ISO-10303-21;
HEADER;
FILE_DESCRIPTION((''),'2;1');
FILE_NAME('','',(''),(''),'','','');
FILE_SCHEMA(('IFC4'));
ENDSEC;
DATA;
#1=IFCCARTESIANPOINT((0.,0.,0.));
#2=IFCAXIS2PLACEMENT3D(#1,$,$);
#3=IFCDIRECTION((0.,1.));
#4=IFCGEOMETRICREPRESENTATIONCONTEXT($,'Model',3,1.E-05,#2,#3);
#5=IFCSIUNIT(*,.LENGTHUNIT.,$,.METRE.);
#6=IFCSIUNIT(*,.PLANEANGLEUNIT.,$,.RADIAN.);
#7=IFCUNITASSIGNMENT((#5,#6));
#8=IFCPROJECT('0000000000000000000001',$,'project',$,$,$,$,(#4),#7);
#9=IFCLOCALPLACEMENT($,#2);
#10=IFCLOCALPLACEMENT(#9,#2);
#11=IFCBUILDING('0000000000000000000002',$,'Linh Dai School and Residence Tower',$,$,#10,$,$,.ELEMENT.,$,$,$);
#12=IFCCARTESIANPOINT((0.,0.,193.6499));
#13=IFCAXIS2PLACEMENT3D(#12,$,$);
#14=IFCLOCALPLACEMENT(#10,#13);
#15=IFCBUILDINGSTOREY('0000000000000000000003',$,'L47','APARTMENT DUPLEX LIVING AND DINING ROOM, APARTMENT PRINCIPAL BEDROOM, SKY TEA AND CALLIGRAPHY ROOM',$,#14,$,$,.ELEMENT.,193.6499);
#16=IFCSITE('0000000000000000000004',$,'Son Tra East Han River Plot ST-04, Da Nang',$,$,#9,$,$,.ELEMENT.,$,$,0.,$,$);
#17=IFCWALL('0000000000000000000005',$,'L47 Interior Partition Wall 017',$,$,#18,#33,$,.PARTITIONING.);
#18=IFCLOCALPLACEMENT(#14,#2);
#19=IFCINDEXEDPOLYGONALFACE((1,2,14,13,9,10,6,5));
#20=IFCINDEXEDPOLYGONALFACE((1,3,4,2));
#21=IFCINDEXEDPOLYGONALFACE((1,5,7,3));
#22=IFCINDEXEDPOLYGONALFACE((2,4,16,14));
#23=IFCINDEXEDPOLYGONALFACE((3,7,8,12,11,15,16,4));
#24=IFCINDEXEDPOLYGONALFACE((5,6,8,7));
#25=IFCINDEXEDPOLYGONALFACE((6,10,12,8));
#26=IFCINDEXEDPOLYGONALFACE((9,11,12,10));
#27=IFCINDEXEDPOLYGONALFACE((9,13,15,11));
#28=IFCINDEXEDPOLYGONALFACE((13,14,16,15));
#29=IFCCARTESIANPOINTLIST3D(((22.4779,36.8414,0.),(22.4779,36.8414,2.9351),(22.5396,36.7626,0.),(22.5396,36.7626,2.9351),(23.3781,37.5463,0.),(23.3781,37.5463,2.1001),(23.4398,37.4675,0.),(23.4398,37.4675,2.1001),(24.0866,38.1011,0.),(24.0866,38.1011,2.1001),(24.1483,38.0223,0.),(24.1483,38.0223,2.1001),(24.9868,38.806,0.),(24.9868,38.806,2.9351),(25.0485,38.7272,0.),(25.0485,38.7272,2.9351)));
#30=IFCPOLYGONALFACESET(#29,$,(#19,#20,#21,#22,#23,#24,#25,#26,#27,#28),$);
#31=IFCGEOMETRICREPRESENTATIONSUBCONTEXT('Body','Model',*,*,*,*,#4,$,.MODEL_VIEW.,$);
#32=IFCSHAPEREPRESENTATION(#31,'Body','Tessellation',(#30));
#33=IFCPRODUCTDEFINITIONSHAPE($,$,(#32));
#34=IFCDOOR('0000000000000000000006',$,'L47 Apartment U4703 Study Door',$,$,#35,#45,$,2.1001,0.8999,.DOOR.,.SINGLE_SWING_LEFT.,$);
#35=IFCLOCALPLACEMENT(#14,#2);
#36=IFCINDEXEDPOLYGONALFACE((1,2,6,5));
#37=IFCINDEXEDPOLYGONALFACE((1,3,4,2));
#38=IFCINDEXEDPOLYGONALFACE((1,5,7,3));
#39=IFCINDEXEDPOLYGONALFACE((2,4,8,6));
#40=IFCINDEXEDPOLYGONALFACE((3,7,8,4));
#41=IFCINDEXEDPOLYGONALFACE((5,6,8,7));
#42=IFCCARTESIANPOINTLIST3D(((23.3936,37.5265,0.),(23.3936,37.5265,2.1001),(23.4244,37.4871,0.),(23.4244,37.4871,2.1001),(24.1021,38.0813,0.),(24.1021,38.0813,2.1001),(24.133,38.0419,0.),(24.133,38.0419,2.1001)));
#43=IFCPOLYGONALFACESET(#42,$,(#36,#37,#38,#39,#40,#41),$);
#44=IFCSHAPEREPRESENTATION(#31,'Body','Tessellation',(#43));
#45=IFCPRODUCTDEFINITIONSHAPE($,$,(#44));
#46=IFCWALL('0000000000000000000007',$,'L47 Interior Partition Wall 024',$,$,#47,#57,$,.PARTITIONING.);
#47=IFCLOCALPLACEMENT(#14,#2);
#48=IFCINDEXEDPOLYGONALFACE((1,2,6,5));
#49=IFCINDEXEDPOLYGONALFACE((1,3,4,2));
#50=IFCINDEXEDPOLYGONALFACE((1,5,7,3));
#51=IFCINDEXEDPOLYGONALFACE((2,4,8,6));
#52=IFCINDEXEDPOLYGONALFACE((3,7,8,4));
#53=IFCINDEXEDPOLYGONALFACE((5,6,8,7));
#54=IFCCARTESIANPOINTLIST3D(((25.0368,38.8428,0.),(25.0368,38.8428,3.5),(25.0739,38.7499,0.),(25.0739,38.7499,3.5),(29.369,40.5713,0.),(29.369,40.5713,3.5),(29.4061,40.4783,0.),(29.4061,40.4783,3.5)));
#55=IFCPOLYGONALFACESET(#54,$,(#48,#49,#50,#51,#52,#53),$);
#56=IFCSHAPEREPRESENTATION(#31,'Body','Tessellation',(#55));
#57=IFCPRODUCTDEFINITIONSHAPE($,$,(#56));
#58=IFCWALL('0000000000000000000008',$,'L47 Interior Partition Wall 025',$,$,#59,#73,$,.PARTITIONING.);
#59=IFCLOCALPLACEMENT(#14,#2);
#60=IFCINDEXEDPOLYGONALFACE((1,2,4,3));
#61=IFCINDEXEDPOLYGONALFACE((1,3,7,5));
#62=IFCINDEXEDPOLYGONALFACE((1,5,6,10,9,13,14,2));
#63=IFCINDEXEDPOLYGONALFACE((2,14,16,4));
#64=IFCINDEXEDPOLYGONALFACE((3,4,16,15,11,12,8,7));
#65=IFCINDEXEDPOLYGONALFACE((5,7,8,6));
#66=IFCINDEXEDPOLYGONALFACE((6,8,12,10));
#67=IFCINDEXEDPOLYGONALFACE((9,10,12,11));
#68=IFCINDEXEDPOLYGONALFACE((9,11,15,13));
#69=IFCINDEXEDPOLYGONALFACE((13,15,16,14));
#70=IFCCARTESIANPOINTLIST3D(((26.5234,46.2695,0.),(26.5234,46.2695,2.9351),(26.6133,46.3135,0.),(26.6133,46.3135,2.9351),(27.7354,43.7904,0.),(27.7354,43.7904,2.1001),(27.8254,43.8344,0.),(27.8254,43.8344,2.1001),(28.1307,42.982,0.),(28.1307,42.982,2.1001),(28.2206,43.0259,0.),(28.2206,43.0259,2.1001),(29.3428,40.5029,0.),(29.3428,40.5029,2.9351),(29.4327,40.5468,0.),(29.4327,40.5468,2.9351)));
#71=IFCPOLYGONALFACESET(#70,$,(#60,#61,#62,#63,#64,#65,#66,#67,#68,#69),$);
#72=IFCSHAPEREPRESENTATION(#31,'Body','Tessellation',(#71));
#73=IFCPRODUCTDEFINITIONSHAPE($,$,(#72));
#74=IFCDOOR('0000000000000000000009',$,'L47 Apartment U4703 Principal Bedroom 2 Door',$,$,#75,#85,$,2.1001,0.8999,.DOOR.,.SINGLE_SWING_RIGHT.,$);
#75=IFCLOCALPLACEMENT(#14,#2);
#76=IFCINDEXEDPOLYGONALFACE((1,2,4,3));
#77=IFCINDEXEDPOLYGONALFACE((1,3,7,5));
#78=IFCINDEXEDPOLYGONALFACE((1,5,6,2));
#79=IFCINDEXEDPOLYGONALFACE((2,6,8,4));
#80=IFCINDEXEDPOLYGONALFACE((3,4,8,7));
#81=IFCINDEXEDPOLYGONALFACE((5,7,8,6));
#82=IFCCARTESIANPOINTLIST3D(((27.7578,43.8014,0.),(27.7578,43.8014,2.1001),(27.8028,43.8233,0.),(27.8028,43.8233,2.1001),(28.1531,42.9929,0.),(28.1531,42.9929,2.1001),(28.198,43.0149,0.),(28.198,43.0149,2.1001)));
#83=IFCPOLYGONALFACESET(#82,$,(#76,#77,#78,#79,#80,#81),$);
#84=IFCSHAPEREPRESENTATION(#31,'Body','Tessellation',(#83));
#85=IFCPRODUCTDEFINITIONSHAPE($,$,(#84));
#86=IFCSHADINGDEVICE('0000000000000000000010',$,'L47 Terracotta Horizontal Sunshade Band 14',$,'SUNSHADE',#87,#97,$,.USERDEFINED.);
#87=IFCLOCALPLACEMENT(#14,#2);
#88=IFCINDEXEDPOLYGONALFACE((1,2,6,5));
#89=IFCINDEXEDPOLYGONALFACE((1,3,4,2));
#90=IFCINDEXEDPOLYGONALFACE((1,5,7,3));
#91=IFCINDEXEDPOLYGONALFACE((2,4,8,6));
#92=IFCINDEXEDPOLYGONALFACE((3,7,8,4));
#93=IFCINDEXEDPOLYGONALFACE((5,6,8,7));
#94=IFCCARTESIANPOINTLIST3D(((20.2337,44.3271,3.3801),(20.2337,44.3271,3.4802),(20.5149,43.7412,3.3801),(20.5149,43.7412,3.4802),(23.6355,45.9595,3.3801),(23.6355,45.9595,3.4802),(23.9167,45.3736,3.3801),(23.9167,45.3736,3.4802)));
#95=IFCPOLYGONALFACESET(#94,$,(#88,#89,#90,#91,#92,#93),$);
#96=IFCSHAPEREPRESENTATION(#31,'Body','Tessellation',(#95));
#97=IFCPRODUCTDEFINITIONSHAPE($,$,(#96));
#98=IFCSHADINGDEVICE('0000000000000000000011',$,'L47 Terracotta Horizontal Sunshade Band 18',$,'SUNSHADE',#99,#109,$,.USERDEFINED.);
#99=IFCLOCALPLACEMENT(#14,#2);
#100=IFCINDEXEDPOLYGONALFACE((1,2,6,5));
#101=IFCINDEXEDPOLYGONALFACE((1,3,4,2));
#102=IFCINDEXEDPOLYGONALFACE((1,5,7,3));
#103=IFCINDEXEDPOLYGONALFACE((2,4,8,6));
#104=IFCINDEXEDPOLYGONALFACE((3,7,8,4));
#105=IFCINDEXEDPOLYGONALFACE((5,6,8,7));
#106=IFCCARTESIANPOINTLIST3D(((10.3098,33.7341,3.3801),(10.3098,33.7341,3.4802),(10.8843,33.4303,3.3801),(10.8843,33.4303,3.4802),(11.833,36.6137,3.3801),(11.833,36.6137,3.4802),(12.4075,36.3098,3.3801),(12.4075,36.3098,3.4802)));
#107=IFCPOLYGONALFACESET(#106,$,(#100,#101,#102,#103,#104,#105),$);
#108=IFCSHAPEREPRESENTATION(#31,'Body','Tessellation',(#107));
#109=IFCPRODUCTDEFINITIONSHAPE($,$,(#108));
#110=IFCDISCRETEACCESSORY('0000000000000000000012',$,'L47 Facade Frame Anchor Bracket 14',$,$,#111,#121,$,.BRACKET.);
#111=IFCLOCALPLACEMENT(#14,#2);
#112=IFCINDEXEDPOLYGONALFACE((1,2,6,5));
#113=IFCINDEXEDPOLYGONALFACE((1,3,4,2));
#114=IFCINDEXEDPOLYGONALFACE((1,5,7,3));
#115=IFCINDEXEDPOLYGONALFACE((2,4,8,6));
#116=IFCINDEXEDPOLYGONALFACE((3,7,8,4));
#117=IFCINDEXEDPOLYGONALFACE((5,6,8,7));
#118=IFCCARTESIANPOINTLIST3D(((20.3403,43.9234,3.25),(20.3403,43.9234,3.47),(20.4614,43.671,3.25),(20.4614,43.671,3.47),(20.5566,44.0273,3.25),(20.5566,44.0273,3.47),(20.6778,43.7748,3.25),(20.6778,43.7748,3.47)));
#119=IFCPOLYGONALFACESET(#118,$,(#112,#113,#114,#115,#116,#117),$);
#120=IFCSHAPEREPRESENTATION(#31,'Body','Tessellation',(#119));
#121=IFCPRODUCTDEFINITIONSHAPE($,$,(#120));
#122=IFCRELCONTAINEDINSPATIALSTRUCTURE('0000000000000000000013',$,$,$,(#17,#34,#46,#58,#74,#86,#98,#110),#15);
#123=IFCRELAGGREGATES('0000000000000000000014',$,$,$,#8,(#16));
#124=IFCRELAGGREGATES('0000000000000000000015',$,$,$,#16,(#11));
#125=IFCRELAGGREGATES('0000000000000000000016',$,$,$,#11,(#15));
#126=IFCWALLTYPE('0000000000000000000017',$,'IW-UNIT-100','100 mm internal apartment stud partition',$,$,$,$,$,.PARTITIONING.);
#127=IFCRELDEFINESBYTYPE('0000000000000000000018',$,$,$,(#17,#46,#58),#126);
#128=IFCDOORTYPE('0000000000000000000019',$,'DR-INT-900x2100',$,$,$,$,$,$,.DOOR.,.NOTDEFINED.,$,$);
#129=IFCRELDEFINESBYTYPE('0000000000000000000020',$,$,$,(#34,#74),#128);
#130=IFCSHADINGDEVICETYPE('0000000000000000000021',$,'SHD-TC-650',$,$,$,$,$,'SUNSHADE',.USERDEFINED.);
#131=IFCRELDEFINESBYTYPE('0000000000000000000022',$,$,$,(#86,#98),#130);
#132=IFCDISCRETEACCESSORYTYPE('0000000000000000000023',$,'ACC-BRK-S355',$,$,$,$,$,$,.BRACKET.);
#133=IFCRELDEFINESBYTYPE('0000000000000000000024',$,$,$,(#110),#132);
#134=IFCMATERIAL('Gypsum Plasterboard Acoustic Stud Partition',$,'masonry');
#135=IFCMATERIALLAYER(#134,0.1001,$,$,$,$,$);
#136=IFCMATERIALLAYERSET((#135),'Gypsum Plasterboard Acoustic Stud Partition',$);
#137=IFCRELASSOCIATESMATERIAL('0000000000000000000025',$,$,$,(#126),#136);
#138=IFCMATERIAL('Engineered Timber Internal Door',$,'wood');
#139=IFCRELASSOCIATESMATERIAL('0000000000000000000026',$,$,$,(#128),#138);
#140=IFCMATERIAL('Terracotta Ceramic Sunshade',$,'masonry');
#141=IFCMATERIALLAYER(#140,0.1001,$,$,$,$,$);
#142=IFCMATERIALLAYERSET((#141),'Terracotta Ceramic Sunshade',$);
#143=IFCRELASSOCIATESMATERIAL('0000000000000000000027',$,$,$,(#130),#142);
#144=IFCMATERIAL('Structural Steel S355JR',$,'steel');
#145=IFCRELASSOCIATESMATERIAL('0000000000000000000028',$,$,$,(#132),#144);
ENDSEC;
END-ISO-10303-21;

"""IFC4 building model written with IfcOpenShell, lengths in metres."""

from ifc_helpers import new_model, si_unit, direction, frame, frame_2d, origin, origin_2d, place, context, subcontext, project, spatial, rectangle, extrude, source, transform, mapped, material, layer, layer_set, type_object, element, fill, save


model = new_model("IFC4")

# Units and contexts
model_context = context("Model", 3, precision=1e-05, world=origin(), true_north=direction((0.0, 1.0)))
body_context = subcontext(model_context, "Body", "Model", "MODEL_VIEW")
ifc_project = project(units=[si_unit("LENGTHUNIT", "METRE"), si_unit("PLANEANGLEUNIT", "RADIAN")], contexts=[model_context])

# Site, building, storey
site_placement = place(None, origin())
site = spatial("IfcSite", under=ifc_project, at=site_placement, Name="Son Tra East Han River Plot ST-04, Da Nang", CompositionType="ELEMENT", RefElevation=0.0)
building_placement = place(site_placement, origin())
building = spatial("IfcBuilding", under=site, at=building_placement, Name="Linh Dai School and Residence Tower", CompositionType="ELEMENT")
storey_placement = place(building_placement, frame((0.0, 0.0, 193.6499)))
storey = spatial("IfcBuildingStorey", under=building, at=storey_placement, Name="L47", Description="APARTMENT DUPLEX LIVING AND DINING ROOM, APARTMENT PRINCIPAL BEDROOM, SKY TEA AND CALLIGRAPHY ROOM", CompositionType="ELEMENT", Elevation=193.6499)

# Shared definitions
ifc_material_1 = material(Name="Structural Steel S355JR", Category="steel")

# Shared definitions
ifc_material_2 = material(Name="Gypsum Plasterboard Acoustic Stud Partition", Category="masonry")
ifc_layer_1 = layer(ifc_material_2, 0.1001)
ifc_layer_set_1 = layer_set([ifc_layer_1], Name="Gypsum Plasterboard Acoustic Stud Partition")
wall_type_1 = type_object("IfcWallType", Name="IW-UNIT-100", Description="100 mm internal apartment stud partition", PredefinedType="PARTITIONING", material=ifc_layer_set_1)

# Wall, opening, door
wall_1_placement = place(storey_placement, frame((22.5088, 36.802, 0.0), z_axis=(0.0, 0.0, 1.0), x_axis=(0.787322, 0.616542, 0.0)))
wall_1 = element("IfcWall", 1, at=wall_1_placement, inside=storey, type_object=wall_type_1, Name="L47 Interior Partition Wall 017", PredefinedType="PARTITIONING", context=body_context, shape_type="SweptSolid", body=[
    extrude(rectangle(XDim=3.1865, YDim=0.1001, at=frame_2d((1.5933, 0.0))), origin(), (0.0, 0.0, 1.0), 2.9351),
])
opening_1_placement = place(wall_1_placement, frame((1.1433, 0.0, 0.0)))
opening_1 = element("IfcOpeningElement", 2, at=opening_1_placement, cuts=wall_1, PredefinedType="OPENING", context=body_context, shape_type="SweptSolid", body=[
    extrude(rectangle(XDim=0.8999, YDim=2.1001, at=origin_2d()), frame((0.45, 0.0601, 1.05), z_axis=(0.0, -1.0, 0.0), x_axis=(1.0, 0.0, 0.0)), (0.0, 0.0, 1.0), 0.1201),
])
ifc_material_3 = material(Name="Engineered Timber Internal Door", Category="wood")
door_type_1 = type_object("IfcDoorType", Name="DR-INT-900x2100", OperationType="NOTDEFINED", PredefinedType="DOOR", material=ifc_material_3)
shared_shape_1 = source(origin(), body_context, "Body", "SweptSolid", [
    extrude(rectangle(XDim=0.8999, YDim=2.1001, at=origin_2d()), frame((0.45, 0.0249, 1.05), z_axis=(0.0, -1.0, 0.0), x_axis=(1.0, 0.0, 0.0)), (0.0, 0.0, 1.0), 0.05),
])
door_1_placement = place(opening_1_placement, origin())
door_1 = element("IfcDoor", 3, at=door_1_placement, inside=storey, type_object=door_type_1, Name="L47 Apartment U4703 Study Door", OperationType="SINGLE_SWING_LEFT", OverallHeight=2.1001, OverallWidth=0.8999, PredefinedType="DOOR", context=body_context, shape_type="MappedRepresentation", body=[
    mapped(shared_shape_1, transform((0.0, 0.0, 0.0), x_axis=(1.0, 0.0, 0.0), y_axis=(0.0, 1.0, 0.0), z_axis=(0.0, 0.0, 1.0), scale=1.0)),
])
fill(opening_1, door_1)

# Wall
wall_2_placement = place(storey_placement, frame((25.0554, 38.7964, 0.0), z_axis=(0.0, 0.0, 1.0), x_axis=(0.928801, 0.370578, 0.0)))
element("IfcWall", 4, at=wall_2_placement, inside=storey, type_object=wall_type_1, Name="L47 Interior Partition Wall 024", PredefinedType="PARTITIONING", context=body_context, shape_type="SweptSolid", body=[
    extrude(rectangle(XDim=4.6643, YDim=0.1001, at=frame_2d((2.332, 0.0))), origin(), (0.0, 0.0, 1.0), 3.5),
])

# Wall, opening, door
wall_3_placement = place(storey_placement, frame((26.5684, 46.2915, 0.0), z_axis=(0.0, 0.0, 1.0), x_axis=(0.439224, -0.898378, 0.0)))
wall_3 = element("IfcWall", 5, at=wall_3_placement, inside=storey, type_object=wall_type_1, Name="L47 Interior Partition Wall 025", PredefinedType="PARTITIONING", context=body_context, shape_type="SweptSolid", body=[
    extrude(rectangle(XDim=6.4189, YDim=0.1001, at=frame_2d((3.2095, 0.0))), origin(), (0.0, 0.0, 1.0), 2.9351),
])
opening_2_placement = place(wall_3_placement, frame((2.7595, 0.0, 0.0)))
opening_2 = element("IfcOpeningElement", 6, at=opening_2_placement, cuts=wall_3, PredefinedType="OPENING", context=body_context, shape_type="SweptSolid", body=[
    extrude(rectangle(XDim=0.8999, YDim=2.1001, at=origin_2d()), frame((0.45, 0.0601, 1.05), z_axis=(0.0, -1.0, 0.0), x_axis=(1.0, 0.0, 0.0)), (0.0, 0.0, 1.0), 0.1201),
])
door_2_placement = place(opening_2_placement, origin())
door_2 = element("IfcDoor", 7, at=door_2_placement, inside=storey, type_object=door_type_1, Name="L47 Apartment U4703 Principal Bedroom 2 Door", OperationType="SINGLE_SWING_RIGHT", OverallHeight=2.1001, OverallWidth=0.8999, PredefinedType="DOOR", context=body_context, shape_type="MappedRepresentation", body=[
    mapped(shared_shape_1, transform((0.0, 0.0, 0.0), x_axis=(1.0, 0.0, 0.0), y_axis=(0.0, 1.0, 0.0), z_axis=(0.0, 0.0, 1.0), scale=1.0)),
])
fill(opening_2, door_2)

# Shading devices
ifc_material_4 = material(Name="Terracotta Ceramic Sunshade", Category="masonry")
ifc_layer_2 = layer(ifc_material_4, 0.1001)
ifc_layer_set_2 = layer_set([ifc_layer_2], Name="Terracotta Ceramic Sunshade")
shading_device_type = type_object("IfcShadingDeviceType", Name="SHD-TC-650", ElementType="SUNSHADE", PredefinedType="USERDEFINED", material=ifc_layer_set_2)
shared_shape_2 = source(origin(), body_context, "Body", "SweptSolid", [
    extrude(rectangle(XDim=3.7732, YDim=0.6499, at=origin_2d()), origin(), (0.0, 0.0, 1.0), 0.1001),
])
shading_device_1_placement = place(storey_placement, frame((22.0752, 44.8503, 3.3801), z_axis=(0.0, 0.0, 1.0), x_axis=(0.901569, 0.432635, 0.0)))
element("IfcShadingDevice", 8, at=shading_device_1_placement, inside=storey, type_object=shading_device_type, Name="L47 Terracotta Horizontal Sunshade Band 14", ObjectType="SUNSHADE", PredefinedType="USERDEFINED", context=body_context, shape_type="MappedRepresentation", body=[
    mapped(shared_shape_2, transform((0.0, 0.0, 0.0), x_axis=(1.0, 0.0, 0.0), y_axis=(0.0, 1.0, 0.0), z_axis=(0.0, 0.0, 1.0), scale=1.0)),
])
shared_shape_3 = source(origin(), body_context, "Body", "SweptSolid", [
    extrude(rectangle(XDim=3.2576, YDim=0.6499, at=origin_2d()), origin(), (0.0, 0.0, 1.0), 0.1001),
])
shading_device_2_placement = place(storey_placement, frame((11.3586, 35.022, 3.3801), z_axis=(0.0, 0.0, 1.0), x_axis=(0.46758, 0.883951, 0.0)))
element("IfcShadingDevice", 9, at=shading_device_2_placement, inside=storey, type_object=shading_device_type, Name="L47 Terracotta Horizontal Sunshade Band 18", ObjectType="SUNSHADE", PredefinedType="USERDEFINED", context=body_context, shape_type="MappedRepresentation", body=[
    mapped(shared_shape_3, transform((0.0, 0.0, 0.0), x_axis=(1.0, 0.0, 0.0), y_axis=(0.0, 1.0, 0.0), z_axis=(0.0, 0.0, 1.0), scale=1.0)),
])

# Discrete accessory
discrete_accessory_type = type_object("IfcDiscreteAccessoryType", Name="ACC-BRK-S355", PredefinedType="BRACKET", material=ifc_material_1)
shared_shape_4 = source(origin(), body_context, "Body", "SweptSolid", [
    extrude(rectangle(XDim=0.28, YDim=0.24, at=origin_2d()), origin(), (0.0, 0.0, 1.0), 0.22),
])
discrete_accessory_placement = place(storey_placement, frame((20.509, 43.8491, 3.25), z_axis=(0.0, 0.0, 1.0), x_axis=(-0.432635, 0.901569, 0.0)))
element("IfcDiscreteAccessory", 10, at=discrete_accessory_placement, inside=storey, type_object=discrete_accessory_type, Name="L47 Facade Frame Anchor Bracket 14", PredefinedType="BRACKET", context=body_context, shape_type="MappedRepresentation", body=[
    mapped(shared_shape_4, transform((0.0, 0.0, 0.0), x_axis=(1.0, 0.0, 0.0), y_axis=(0.0, 1.0, 0.0), z_axis=(0.0, 0.0, 1.0), scale=1.0)),
])

save(model, "model.ifc")
